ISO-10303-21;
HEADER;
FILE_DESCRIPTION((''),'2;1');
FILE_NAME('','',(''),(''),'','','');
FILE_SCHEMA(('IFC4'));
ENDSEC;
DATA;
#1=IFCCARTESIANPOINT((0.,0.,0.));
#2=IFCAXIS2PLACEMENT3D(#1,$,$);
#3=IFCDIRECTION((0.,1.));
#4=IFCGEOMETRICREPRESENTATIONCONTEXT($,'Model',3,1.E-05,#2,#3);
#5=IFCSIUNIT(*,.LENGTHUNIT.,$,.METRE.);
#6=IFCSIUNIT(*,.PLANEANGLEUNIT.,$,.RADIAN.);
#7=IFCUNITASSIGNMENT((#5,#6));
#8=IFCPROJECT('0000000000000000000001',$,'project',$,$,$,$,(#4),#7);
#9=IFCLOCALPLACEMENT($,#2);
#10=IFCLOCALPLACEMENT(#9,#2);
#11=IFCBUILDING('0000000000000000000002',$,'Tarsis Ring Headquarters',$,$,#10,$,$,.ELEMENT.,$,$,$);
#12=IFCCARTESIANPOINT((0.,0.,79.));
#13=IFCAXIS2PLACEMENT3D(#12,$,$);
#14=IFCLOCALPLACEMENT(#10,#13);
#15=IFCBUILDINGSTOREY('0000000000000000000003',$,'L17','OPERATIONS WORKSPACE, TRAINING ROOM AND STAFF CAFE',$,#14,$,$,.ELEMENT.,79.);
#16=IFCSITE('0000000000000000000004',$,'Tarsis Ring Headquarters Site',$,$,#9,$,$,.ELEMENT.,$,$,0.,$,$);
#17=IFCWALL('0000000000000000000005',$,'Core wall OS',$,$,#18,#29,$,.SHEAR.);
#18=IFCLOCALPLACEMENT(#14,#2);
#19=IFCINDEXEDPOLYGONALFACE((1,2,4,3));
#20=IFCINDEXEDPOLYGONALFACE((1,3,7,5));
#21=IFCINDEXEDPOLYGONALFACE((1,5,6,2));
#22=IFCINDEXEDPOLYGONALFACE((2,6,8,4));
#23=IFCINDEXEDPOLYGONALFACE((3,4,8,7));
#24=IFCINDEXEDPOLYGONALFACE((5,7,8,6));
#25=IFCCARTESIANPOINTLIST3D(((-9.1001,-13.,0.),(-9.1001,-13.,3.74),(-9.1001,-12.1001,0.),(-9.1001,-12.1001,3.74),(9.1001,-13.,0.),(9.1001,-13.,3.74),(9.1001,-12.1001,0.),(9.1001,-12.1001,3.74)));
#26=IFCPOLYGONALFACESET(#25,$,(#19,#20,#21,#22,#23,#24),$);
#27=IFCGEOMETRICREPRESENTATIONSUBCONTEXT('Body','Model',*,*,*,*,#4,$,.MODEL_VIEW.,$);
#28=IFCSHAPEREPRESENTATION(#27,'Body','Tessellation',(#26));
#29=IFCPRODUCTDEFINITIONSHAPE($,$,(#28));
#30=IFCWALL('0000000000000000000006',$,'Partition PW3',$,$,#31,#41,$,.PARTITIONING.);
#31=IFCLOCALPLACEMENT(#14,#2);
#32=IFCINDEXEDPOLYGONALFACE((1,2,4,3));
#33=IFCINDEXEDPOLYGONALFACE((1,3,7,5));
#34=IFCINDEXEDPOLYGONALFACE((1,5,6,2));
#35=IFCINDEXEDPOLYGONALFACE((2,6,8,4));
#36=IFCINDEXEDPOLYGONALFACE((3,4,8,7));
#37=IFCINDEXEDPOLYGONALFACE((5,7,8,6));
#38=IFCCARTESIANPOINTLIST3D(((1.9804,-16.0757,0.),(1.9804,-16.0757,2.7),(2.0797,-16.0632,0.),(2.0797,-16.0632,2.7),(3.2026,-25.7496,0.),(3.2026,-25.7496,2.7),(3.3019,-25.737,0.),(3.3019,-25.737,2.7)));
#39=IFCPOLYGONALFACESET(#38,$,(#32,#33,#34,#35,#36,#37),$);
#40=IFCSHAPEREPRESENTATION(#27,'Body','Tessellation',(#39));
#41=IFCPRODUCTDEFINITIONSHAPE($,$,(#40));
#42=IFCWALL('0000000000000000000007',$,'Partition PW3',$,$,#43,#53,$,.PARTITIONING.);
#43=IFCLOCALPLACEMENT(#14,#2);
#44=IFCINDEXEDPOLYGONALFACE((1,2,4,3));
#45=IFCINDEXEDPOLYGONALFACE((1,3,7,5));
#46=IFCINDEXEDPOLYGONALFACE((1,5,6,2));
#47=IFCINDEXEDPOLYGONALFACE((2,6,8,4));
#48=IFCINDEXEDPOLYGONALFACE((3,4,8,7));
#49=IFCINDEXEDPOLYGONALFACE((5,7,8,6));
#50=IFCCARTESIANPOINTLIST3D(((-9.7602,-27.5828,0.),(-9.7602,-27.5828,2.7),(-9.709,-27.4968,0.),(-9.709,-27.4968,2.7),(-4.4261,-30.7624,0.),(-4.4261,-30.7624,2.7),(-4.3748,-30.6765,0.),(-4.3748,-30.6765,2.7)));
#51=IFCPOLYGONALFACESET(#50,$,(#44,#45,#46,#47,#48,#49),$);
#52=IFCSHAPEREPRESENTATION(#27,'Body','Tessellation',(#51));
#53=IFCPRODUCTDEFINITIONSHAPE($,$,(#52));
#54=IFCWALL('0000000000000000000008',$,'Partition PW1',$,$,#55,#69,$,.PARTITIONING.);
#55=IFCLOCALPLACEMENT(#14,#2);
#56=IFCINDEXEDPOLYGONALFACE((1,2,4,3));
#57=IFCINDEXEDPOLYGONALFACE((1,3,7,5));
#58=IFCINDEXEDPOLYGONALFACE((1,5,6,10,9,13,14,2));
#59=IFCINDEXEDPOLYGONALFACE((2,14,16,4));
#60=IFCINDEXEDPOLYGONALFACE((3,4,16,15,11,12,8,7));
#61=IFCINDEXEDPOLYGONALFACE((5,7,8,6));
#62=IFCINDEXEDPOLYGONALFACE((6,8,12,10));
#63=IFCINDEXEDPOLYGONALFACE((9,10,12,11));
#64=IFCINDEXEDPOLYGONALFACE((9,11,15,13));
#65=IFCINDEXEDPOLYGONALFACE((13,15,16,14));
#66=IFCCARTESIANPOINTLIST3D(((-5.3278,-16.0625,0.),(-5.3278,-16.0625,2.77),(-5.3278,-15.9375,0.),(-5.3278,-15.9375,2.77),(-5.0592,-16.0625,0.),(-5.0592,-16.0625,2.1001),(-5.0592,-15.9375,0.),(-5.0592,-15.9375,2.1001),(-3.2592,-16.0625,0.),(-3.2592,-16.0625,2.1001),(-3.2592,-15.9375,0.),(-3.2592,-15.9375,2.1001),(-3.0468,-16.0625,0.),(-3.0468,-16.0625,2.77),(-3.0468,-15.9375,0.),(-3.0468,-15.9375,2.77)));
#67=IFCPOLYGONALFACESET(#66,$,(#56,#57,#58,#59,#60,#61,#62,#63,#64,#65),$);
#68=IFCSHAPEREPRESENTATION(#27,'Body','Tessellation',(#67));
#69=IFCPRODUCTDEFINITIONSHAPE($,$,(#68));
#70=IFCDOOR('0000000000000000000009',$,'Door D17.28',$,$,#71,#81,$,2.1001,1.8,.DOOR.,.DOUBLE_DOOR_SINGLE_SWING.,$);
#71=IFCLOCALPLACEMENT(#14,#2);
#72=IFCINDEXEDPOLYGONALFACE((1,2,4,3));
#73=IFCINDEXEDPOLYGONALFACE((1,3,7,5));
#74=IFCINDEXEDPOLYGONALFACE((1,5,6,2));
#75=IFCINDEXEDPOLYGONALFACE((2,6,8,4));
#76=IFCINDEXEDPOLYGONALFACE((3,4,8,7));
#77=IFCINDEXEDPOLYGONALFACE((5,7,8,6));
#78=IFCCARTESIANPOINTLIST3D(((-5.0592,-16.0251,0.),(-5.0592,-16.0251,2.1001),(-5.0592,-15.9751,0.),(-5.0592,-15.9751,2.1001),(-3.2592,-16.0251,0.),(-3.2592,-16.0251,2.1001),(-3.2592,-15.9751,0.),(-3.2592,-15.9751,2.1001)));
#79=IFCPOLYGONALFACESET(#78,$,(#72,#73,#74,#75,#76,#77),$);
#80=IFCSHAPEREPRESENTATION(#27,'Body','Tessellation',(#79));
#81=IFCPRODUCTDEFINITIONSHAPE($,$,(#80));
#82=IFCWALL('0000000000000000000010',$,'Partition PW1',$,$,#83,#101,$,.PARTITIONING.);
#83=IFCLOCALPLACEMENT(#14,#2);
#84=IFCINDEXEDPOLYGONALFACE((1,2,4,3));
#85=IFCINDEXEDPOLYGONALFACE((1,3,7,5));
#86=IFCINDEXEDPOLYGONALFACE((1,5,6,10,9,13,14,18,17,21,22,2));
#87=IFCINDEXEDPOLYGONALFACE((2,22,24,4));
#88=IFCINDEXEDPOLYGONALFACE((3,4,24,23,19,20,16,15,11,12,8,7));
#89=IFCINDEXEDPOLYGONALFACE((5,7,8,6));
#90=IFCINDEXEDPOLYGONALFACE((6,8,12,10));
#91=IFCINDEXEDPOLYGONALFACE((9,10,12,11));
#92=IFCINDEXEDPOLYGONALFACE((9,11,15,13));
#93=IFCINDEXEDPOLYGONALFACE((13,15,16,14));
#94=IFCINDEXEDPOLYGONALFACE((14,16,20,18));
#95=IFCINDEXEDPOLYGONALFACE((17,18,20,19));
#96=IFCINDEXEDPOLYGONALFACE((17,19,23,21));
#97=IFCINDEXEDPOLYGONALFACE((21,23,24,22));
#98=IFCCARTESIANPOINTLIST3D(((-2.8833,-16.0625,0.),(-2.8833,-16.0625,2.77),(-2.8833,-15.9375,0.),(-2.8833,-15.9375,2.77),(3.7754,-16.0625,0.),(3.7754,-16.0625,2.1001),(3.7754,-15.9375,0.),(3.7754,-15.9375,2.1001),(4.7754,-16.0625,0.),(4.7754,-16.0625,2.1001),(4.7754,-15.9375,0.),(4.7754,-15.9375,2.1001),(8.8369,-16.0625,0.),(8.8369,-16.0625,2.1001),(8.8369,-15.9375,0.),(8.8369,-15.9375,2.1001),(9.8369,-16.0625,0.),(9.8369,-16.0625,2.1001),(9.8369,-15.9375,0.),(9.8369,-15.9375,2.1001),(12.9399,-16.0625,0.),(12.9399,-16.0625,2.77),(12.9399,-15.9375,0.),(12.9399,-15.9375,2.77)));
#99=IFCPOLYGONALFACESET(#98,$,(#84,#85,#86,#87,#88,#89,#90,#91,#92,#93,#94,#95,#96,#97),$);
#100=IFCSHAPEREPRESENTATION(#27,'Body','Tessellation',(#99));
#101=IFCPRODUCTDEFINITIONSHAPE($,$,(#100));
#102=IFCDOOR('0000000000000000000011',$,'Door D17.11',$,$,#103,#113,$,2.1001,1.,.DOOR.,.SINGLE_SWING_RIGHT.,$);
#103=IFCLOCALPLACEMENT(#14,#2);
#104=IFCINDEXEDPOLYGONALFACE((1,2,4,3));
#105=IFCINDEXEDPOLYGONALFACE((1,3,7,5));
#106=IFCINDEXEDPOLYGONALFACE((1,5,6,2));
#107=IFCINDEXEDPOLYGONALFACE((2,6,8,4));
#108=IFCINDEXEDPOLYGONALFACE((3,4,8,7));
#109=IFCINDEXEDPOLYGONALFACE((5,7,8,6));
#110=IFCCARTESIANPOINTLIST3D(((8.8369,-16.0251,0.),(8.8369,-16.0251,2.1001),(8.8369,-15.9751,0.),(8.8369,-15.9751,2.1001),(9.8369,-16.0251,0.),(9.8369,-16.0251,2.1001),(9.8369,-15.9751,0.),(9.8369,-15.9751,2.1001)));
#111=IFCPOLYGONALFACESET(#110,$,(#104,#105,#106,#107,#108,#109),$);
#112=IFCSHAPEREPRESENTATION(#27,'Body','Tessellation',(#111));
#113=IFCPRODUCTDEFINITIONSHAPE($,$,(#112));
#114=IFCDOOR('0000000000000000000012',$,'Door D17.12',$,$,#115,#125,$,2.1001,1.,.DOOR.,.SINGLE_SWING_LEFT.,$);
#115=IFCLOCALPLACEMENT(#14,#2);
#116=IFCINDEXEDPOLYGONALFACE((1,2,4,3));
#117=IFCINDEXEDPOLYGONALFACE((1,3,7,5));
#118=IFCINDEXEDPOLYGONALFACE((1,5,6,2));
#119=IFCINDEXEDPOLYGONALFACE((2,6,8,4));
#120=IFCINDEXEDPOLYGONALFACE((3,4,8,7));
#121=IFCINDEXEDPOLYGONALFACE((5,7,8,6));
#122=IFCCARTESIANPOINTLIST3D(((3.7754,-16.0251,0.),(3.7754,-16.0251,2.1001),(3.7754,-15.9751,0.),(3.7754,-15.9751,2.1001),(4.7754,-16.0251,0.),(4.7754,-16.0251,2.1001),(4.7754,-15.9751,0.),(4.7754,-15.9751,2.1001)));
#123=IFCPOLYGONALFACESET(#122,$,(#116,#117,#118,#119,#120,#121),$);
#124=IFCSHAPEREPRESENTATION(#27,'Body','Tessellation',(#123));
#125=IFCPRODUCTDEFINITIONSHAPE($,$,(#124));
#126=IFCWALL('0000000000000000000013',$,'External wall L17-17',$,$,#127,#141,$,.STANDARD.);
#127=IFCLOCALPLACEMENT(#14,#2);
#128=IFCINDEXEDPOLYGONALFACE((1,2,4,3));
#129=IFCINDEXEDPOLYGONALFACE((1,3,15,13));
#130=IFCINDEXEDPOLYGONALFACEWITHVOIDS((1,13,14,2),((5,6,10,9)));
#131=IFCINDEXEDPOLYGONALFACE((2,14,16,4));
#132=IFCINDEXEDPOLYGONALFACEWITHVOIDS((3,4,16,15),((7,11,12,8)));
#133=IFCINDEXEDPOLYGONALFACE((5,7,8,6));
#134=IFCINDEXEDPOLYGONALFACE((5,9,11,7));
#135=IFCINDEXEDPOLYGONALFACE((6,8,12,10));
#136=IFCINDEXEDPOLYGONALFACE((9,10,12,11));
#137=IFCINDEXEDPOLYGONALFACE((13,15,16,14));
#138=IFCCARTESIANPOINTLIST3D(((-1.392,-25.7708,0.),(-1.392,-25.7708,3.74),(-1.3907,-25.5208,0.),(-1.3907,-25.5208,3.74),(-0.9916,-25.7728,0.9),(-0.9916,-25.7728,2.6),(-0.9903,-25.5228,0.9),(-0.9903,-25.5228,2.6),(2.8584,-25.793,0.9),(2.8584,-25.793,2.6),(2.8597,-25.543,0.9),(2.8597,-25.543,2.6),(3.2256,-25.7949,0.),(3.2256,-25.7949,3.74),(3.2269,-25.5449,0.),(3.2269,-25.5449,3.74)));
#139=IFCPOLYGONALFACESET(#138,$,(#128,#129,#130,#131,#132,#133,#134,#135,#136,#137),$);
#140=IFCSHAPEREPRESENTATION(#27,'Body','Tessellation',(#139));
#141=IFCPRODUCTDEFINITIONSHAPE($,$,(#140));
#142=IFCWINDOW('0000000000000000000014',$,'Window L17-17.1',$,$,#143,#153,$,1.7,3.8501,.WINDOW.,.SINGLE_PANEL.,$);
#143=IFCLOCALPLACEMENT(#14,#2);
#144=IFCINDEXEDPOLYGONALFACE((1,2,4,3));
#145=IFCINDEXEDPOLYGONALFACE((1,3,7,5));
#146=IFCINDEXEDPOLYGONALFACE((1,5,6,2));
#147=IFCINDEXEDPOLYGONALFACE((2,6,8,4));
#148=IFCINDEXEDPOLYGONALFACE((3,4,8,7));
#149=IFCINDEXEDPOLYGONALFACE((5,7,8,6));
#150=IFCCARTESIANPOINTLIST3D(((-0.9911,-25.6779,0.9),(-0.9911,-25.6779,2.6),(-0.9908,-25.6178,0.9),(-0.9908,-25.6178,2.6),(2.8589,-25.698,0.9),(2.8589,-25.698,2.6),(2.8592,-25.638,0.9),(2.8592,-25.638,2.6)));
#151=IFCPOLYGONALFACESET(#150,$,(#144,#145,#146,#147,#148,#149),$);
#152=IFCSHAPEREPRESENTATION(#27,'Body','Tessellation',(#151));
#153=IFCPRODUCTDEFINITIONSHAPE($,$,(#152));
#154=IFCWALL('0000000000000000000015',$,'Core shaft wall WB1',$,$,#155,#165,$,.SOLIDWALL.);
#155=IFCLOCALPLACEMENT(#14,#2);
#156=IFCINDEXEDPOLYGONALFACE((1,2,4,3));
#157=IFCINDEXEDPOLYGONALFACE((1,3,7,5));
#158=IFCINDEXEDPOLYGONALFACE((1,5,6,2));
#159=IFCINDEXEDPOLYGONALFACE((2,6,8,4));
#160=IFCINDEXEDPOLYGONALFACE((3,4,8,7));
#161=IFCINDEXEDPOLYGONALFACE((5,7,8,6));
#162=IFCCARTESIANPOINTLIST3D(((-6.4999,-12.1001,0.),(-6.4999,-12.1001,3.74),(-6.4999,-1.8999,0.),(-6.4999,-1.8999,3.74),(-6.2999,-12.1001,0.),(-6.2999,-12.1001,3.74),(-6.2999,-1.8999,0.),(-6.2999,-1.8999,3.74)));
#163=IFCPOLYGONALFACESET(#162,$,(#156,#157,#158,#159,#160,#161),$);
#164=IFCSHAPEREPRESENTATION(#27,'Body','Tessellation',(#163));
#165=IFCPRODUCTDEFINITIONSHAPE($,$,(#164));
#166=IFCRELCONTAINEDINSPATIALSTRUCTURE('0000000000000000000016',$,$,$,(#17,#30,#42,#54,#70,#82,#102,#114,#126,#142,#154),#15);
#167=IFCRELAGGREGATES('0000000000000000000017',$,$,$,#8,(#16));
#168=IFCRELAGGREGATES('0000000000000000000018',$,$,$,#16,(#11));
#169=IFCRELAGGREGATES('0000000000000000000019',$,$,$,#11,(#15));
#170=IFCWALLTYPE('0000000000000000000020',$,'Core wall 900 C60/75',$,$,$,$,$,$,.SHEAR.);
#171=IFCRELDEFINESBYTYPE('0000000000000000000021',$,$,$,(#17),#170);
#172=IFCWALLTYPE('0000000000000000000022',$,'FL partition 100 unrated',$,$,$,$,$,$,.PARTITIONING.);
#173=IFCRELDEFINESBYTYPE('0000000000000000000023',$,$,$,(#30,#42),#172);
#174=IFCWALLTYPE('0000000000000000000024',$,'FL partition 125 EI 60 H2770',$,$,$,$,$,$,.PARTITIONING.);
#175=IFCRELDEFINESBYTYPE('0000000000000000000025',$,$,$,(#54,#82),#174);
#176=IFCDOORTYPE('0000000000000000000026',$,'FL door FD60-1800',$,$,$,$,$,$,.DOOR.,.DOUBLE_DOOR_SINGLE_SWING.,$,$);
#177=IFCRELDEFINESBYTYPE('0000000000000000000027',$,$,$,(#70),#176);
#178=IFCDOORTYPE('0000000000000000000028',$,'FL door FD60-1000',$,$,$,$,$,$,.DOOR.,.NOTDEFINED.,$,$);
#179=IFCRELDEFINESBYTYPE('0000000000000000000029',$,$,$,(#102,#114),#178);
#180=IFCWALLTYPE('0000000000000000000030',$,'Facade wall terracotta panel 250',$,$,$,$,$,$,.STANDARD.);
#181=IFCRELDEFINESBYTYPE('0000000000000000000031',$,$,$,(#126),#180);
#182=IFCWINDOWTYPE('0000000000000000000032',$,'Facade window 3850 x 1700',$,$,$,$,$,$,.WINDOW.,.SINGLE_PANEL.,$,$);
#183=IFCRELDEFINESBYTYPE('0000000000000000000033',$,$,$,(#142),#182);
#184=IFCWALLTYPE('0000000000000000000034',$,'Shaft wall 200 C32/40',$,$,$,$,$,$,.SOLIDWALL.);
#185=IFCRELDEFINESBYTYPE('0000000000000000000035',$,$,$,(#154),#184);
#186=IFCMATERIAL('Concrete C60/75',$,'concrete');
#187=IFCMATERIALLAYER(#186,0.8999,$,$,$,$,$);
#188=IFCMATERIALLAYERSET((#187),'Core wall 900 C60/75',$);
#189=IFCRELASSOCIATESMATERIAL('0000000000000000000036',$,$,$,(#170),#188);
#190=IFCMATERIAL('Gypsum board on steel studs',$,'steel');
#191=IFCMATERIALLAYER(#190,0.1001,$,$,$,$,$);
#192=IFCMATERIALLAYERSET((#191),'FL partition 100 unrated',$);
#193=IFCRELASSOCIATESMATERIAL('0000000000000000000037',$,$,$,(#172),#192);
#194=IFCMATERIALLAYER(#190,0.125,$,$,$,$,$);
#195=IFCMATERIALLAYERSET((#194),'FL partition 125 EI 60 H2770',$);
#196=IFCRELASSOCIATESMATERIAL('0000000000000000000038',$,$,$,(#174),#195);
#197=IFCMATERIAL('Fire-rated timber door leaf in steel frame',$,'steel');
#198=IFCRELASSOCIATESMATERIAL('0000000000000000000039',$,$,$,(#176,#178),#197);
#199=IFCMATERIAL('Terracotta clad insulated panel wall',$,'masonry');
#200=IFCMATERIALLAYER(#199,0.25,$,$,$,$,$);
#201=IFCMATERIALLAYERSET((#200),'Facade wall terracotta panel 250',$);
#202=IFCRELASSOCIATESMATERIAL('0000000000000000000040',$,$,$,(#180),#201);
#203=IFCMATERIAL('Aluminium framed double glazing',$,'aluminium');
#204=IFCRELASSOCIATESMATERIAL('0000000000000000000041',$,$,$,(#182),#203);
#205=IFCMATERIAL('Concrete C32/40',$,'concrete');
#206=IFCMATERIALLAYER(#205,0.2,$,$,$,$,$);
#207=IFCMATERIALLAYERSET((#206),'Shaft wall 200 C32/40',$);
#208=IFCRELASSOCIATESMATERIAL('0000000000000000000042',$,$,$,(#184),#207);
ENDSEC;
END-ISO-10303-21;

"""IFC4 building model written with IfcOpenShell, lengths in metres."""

from ifc_helpers import new_model, si_unit, direction, frame, frame_2d, origin, place, context, subcontext, project, spatial, rectangle, extrude, material, layer, layer_set, type_object, element, fill, save


model = new_model("IFC4")

# Units and contexts
model_context = context("Model", 3, precision=1e-05, world=origin(), true_north=direction((0.0, 1.0)))
body_context = subcontext(model_context, "Body", "Model", "MODEL_VIEW")
ifc_project = project(units=[si_unit("LENGTHUNIT", "METRE"), si_unit("PLANEANGLEUNIT", "RADIAN")], contexts=[model_context])

# Site, building, storey
site_placement = place(None, origin())
site = spatial("IfcSite", under=ifc_project, at=site_placement, Name="Tarsis Ring Headquarters Site", CompositionType="ELEMENT", RefElevation=0.0)
building_placement = place(site_placement, origin())
building = spatial("IfcBuilding", under=site, at=building_placement, Name="Tarsis Ring Headquarters", CompositionType="ELEMENT")
storey_placement = place(building_placement, frame((0.0, 0.0, 79.0)))
storey = spatial("IfcBuildingStorey", under=building, at=storey_placement, Name="L17", Description="OPERATIONS WORKSPACE, TRAINING ROOM AND STAFF CAFE", CompositionType="ELEMENT", Elevation=79.0)

# Shared definitions
ifc_material_1 = material(Name="Concrete C60/75", Category="concrete")
ifc_layer_1 = layer(ifc_material_1, 0.8999)
ifc_layer_set_1 = layer_set([ifc_layer_1], Name="Core wall 900 C60/75")
wall_type_1 = type_object("IfcWallType", Name="Core wall 900 C60/75", PredefinedType="SHEAR", material=ifc_layer_set_1)

# Walls
wall_1_placement = place(storey_placement, frame((-9.1001, -12.55, 0.0), z_axis=(0.0, 0.0, 1.0), x_axis=(1.0, 0.0, 0.0)))
element("IfcWall", 1, at=wall_1_placement, inside=storey, type_object=wall_type_1, Name="Core wall OS", PredefinedType="SHEAR", context=body_context, shape_type="SweptSolid", body=[
    extrude(rectangle(XDim=18.2002, YDim=0.8999, at=frame_2d((9.1001, 0.0))), origin(), (0.0, 0.0, 1.0), 3.74),
])
ifc_material_2 = material(Name="Gypsum board on steel studs", Category="steel")
ifc_layer_2 = layer(ifc_material_2, 0.1001)
ifc_layer_set_2 = layer_set([ifc_layer_2], Name="FL partition 100 unrated")
wall_type_2 = type_object("IfcWallType", Name="FL partition 100 unrated", PredefinedType="PARTITIONING", material=ifc_layer_set_2)
wall_2_placement = place(storey_placement, frame((2.03, -16.0693, 0.0), z_axis=(0.0, 0.0, 1.0), x_axis=(0.125341, -0.992114, 0.0)))
element("IfcWall", 2, at=wall_2_placement, inside=storey, type_object=wall_type_2, Name="Partition PW3", PredefinedType="PARTITIONING", context=body_context, shape_type="SweptSolid", body=[
    extrude(rectangle(XDim=9.7507, YDim=0.1001, at=frame_2d((4.8755, 0.0))), origin(), (0.0, 0.0, 1.0), 2.7),
])
wall_3_placement = place(storey_placement, frame((-9.7346, -27.5398, 0.0), z_axis=(0.0, 0.0, 1.0), x_axis=(0.858971, -0.512025, 0.0)))
element("IfcWall", 3, at=wall_3_placement, inside=storey, type_object=wall_type_2, Name="Partition PW3", PredefinedType="PARTITIONING", context=body_context, shape_type="SweptSolid", body=[
    extrude(rectangle(XDim=6.21, YDim=0.1001, at=frame_2d((3.105, 0.0))), origin(), (0.0, 0.0, 1.0), 2.7),
])

# Wall, opening, door
ifc_layer_3 = layer(ifc_material_2, 0.125)
ifc_layer_set_3 = layer_set([ifc_layer_3], Name="FL partition 125 EI 60 H2770")
wall_type_3 = type_object("IfcWallType", Name="FL partition 125 EI 60 H2770", PredefinedType="PARTITIONING", material=ifc_layer_set_3)
wall_4_placement = place(storey_placement, frame((-5.3279, -16.0, 0.0), z_axis=(0.0, 0.0, 1.0), x_axis=(1.0, 0.0, 0.0)))
wall_4 = element("IfcWall", 4, at=wall_4_placement, inside=storey, type_object=wall_type_3, Name="Partition PW1", PredefinedType="PARTITIONING", context=body_context, shape_type="SweptSolid", body=[
    extrude(rectangle(XDim=2.281, YDim=0.125, at=frame_2d((1.1406, 0.0))), origin(), (0.0, 0.0, 1.0), 2.77),
])
opening_1_placement = place(wall_4_placement, frame((0.2688, 0.0, 0.0)))
opening_1 = element("IfcOpeningElement", 5, at=opening_1_placement, cuts=wall_4, PredefinedType="OPENING", context=body_context, shape_type="SweptSolid", body=[
    extrude(rectangle(XDim=1.8, YDim=2.1001, at=frame_2d((0.8999, 1.05))), frame((0.0, 0.0725, 0.0), z_axis=(0.0, -1.0, 0.0), x_axis=(1.0, 0.0, 0.0)), (0.0, 0.0, 1.0), 0.145),
])
ifc_material_3 = material(Name="Fire-rated timber door leaf in steel frame", Category="steel")
door_type_1 = type_object("IfcDoorType", Name="FL door FD60-1800", OperationType="DOUBLE_DOOR_SINGLE_SWING", PredefinedType="DOOR", material=ifc_material_3)
door_1_placement = place(opening_1_placement, origin())
door_1 = element("IfcDoor", 6, at=door_1_placement, inside=storey, type_object=door_type_1, Name="Door D17.28", OperationType="DOUBLE_DOOR_SINGLE_SWING", OverallHeight=2.1001, OverallWidth=1.8, PredefinedType="DOOR", context=body_context, shape_type="SweptSolid", body=[
    extrude(rectangle(XDim=1.8, YDim=2.1001, at=frame_2d((0.8999, 1.05))), frame((0.0, 0.0249, 0.0), z_axis=(0.0, -1.0, 0.0), x_axis=(1.0, 0.0, 0.0)), (0.0, 0.0, 1.0), 0.05),
])
fill(opening_1, door_1)

# Wall, openings, doors
wall_5_placement = place(storey_placement, frame((-2.8833, -16.0, 0.0), z_axis=(0.0, 0.0, 1.0), x_axis=(1.0, 0.0, 0.0)))
wall_5 = element("IfcWall", 7, at=wall_5_placement, inside=storey, type_object=wall_type_3, Name="Partition PW1", PredefinedType="PARTITIONING", context=body_context, shape_type="SweptSolid", body=[
    extrude(rectangle(XDim=15.8232, YDim=0.125, at=frame_2d((7.9116, 0.0))), origin(), (0.0, 0.0, 1.0), 2.77),
])
opening_2_placement = place(wall_5_placement, frame((11.7202, 0.0, 0.0)))
opening_2 = element("IfcOpeningElement", 8, at=opening_2_placement, cuts=wall_5, PredefinedType="OPENING", context=body_context, shape_type="SweptSolid", body=[
    extrude(rectangle(XDim=1.0, YDim=2.1001, at=frame_2d((0.5, 1.05))), frame((0.0, 0.0725, 0.0), z_axis=(0.0, -1.0, 0.0), x_axis=(1.0, 0.0, 0.0)), (0.0, 0.0, 1.0), 0.145),
])
opening_3_placement = place(wall_5_placement, frame((6.6587, 0.0, 0.0)))
opening_3 = element("IfcOpeningElement", 9, at=opening_3_placement, cuts=wall_5, PredefinedType="OPENING", context=body_context, shape_type="SweptSolid", body=[
    extrude(rectangle(XDim=1.0, YDim=2.1001, at=frame_2d((0.5, 1.05))), frame((0.0, 0.0725, 0.0), z_axis=(0.0, -1.0, 0.0), x_axis=(1.0, 0.0, 0.0)), (0.0, 0.0, 1.0), 0.145),
])
door_type_2 = type_object("IfcDoorType", Name="FL door FD60-1000", OperationType="NOTDEFINED", PredefinedType="DOOR", material=ifc_material_3)
door_2_placement = place(opening_2_placement, origin())
door_2 = element("IfcDoor", 10, at=door_2_placement, inside=storey, type_object=door_type_2, Name="Door D17.11", OperationType="SINGLE_SWING_RIGHT", OverallHeight=2.1001, OverallWidth=1.0, PredefinedType="DOOR", context=body_context, shape_type="SweptSolid", body=[
    extrude(rectangle(XDim=1.0, YDim=2.1001, at=frame_2d((0.5, 1.05))), frame((0.0, 0.0249, 0.0), z_axis=(0.0, -1.0, 0.0), x_axis=(1.0, 0.0, 0.0)), (0.0, 0.0, 1.0), 0.05),
])
fill(opening_2, door_2)
door_3_placement = place(opening_3_placement, origin())
door_3 = element("IfcDoor", 11, at=door_3_placement, inside=storey, type_object=door_type_2, Name="Door D17.12", OperationType="SINGLE_SWING_LEFT", OverallHeight=2.1001, OverallWidth=1.0, PredefinedType="DOOR", context=body_context, shape_type="SweptSolid", body=[
    extrude(rectangle(XDim=1.0, YDim=2.1001, at=frame_2d((0.5, 1.05))), frame((0.0, 0.0249, 0.0), z_axis=(0.0, -1.0, 0.0), x_axis=(1.0, 0.0, 0.0)), (0.0, 0.0, 1.0), 0.05),
])
fill(opening_3, door_3)

# Wall, opening, window
ifc_material_4 = material(Name="Terracotta clad insulated panel wall", Category="masonry")
ifc_layer_4 = layer(ifc_material_4, 0.25)
ifc_layer_set_4 = layer_set([ifc_layer_4], Name="Facade wall terracotta panel 250")
wall_type_4 = type_object("IfcWallType", Name="Facade wall terracotta panel 250", PredefinedType="STANDARD", material=ifc_layer_set_4)
wall_6_placement = place(storey_placement, frame((-1.3914, -25.6458, 0.0), z_axis=(0.0, 0.0, 1.0), x_axis=(0.999986, -0.005234, 0.0)))
wall_6 = element("IfcWall", 12, at=wall_6_placement, inside=storey, type_object=wall_type_4, Name="External wall L17-17", PredefinedType="STANDARD", context=body_context, shape_type="SweptSolid", body=[
    extrude(rectangle(XDim=4.6177, YDim=0.25, at=frame_2d((2.3088, 0.0))), origin(), (0.0, 0.0, 1.0), 3.74),
])
opening_4_placement = place(wall_6_placement, frame((0.4004, 0.0, 0.8999)))
opening_4 = element("IfcOpeningElement", 13, at=opening_4_placement, cuts=wall_6, PredefinedType="OPENING", context=body_context, shape_type="SweptSolid", body=[
    extrude(rectangle(XDim=3.8501, YDim=1.7, at=frame_2d((1.925, 0.8501))), frame((0.0, 0.135, 0.0), z_axis=(0.0, -1.0, 0.0), x_axis=(1.0, 0.0, 0.0)), (0.0, 0.0, 1.0), 0.27),
])
ifc_material_5 = material(Name="Aluminium framed double glazing", Category="aluminium")
window_type = type_object("IfcWindowType", Name="Facade window 3850 x 1700", PartitioningType="SINGLE_PANEL", PredefinedType="WINDOW", material=ifc_material_5)
window_placement = place(opening_4_placement, origin())
window = element("IfcWindow", 14, at=window_placement, inside=storey, type_object=window_type, Name="Window L17-17.1", OverallHeight=1.7, OverallWidth=3.8501, PartitioningType="SINGLE_PANEL", PredefinedType="WINDOW", context=body_context, shape_type="SweptSolid", body=[
    extrude(rectangle(XDim=3.8501, YDim=1.7, at=frame_2d((1.925, 0.8501))), frame((0.0, 0.03, 0.0), z_axis=(0.0, -1.0, 0.0), x_axis=(1.0, 0.0, 0.0)), (0.0, 0.0, 1.0), 0.0601),
])
fill(opening_4, window)

# Wall
ifc_material_6 = material(Name="Concrete C32/40", Category="concrete")
ifc_layer_5 = layer(ifc_material_6, 0.2)
ifc_layer_set_5 = layer_set([ifc_layer_5], Name="Shaft wall 200 C32/40")
wall_type_5 = type_object("IfcWallType", Name="Shaft wall 200 C32/40", PredefinedType="SOLIDWALL", material=ifc_layer_set_5)
wall_7_placement = place(storey_placement, frame((-6.3999, -12.1001, 0.0), z_axis=(0.0, 0.0, 1.0), x_axis=(0.0, 1.0, 0.0)))
element("IfcWall", 15, at=wall_7_placement, inside=storey, type_object=wall_type_5, Name="Core shaft wall WB1", PredefinedType="SOLIDWALL", context=body_context, shape_type="SweptSolid", body=[
    extrude(rectangle(XDim=10.2002, YDim=0.2, at=frame_2d((5.1001, 0.0))), origin(), (0.0, 0.0, 1.0), 3.74),
])

save(model, "model.ifc")
